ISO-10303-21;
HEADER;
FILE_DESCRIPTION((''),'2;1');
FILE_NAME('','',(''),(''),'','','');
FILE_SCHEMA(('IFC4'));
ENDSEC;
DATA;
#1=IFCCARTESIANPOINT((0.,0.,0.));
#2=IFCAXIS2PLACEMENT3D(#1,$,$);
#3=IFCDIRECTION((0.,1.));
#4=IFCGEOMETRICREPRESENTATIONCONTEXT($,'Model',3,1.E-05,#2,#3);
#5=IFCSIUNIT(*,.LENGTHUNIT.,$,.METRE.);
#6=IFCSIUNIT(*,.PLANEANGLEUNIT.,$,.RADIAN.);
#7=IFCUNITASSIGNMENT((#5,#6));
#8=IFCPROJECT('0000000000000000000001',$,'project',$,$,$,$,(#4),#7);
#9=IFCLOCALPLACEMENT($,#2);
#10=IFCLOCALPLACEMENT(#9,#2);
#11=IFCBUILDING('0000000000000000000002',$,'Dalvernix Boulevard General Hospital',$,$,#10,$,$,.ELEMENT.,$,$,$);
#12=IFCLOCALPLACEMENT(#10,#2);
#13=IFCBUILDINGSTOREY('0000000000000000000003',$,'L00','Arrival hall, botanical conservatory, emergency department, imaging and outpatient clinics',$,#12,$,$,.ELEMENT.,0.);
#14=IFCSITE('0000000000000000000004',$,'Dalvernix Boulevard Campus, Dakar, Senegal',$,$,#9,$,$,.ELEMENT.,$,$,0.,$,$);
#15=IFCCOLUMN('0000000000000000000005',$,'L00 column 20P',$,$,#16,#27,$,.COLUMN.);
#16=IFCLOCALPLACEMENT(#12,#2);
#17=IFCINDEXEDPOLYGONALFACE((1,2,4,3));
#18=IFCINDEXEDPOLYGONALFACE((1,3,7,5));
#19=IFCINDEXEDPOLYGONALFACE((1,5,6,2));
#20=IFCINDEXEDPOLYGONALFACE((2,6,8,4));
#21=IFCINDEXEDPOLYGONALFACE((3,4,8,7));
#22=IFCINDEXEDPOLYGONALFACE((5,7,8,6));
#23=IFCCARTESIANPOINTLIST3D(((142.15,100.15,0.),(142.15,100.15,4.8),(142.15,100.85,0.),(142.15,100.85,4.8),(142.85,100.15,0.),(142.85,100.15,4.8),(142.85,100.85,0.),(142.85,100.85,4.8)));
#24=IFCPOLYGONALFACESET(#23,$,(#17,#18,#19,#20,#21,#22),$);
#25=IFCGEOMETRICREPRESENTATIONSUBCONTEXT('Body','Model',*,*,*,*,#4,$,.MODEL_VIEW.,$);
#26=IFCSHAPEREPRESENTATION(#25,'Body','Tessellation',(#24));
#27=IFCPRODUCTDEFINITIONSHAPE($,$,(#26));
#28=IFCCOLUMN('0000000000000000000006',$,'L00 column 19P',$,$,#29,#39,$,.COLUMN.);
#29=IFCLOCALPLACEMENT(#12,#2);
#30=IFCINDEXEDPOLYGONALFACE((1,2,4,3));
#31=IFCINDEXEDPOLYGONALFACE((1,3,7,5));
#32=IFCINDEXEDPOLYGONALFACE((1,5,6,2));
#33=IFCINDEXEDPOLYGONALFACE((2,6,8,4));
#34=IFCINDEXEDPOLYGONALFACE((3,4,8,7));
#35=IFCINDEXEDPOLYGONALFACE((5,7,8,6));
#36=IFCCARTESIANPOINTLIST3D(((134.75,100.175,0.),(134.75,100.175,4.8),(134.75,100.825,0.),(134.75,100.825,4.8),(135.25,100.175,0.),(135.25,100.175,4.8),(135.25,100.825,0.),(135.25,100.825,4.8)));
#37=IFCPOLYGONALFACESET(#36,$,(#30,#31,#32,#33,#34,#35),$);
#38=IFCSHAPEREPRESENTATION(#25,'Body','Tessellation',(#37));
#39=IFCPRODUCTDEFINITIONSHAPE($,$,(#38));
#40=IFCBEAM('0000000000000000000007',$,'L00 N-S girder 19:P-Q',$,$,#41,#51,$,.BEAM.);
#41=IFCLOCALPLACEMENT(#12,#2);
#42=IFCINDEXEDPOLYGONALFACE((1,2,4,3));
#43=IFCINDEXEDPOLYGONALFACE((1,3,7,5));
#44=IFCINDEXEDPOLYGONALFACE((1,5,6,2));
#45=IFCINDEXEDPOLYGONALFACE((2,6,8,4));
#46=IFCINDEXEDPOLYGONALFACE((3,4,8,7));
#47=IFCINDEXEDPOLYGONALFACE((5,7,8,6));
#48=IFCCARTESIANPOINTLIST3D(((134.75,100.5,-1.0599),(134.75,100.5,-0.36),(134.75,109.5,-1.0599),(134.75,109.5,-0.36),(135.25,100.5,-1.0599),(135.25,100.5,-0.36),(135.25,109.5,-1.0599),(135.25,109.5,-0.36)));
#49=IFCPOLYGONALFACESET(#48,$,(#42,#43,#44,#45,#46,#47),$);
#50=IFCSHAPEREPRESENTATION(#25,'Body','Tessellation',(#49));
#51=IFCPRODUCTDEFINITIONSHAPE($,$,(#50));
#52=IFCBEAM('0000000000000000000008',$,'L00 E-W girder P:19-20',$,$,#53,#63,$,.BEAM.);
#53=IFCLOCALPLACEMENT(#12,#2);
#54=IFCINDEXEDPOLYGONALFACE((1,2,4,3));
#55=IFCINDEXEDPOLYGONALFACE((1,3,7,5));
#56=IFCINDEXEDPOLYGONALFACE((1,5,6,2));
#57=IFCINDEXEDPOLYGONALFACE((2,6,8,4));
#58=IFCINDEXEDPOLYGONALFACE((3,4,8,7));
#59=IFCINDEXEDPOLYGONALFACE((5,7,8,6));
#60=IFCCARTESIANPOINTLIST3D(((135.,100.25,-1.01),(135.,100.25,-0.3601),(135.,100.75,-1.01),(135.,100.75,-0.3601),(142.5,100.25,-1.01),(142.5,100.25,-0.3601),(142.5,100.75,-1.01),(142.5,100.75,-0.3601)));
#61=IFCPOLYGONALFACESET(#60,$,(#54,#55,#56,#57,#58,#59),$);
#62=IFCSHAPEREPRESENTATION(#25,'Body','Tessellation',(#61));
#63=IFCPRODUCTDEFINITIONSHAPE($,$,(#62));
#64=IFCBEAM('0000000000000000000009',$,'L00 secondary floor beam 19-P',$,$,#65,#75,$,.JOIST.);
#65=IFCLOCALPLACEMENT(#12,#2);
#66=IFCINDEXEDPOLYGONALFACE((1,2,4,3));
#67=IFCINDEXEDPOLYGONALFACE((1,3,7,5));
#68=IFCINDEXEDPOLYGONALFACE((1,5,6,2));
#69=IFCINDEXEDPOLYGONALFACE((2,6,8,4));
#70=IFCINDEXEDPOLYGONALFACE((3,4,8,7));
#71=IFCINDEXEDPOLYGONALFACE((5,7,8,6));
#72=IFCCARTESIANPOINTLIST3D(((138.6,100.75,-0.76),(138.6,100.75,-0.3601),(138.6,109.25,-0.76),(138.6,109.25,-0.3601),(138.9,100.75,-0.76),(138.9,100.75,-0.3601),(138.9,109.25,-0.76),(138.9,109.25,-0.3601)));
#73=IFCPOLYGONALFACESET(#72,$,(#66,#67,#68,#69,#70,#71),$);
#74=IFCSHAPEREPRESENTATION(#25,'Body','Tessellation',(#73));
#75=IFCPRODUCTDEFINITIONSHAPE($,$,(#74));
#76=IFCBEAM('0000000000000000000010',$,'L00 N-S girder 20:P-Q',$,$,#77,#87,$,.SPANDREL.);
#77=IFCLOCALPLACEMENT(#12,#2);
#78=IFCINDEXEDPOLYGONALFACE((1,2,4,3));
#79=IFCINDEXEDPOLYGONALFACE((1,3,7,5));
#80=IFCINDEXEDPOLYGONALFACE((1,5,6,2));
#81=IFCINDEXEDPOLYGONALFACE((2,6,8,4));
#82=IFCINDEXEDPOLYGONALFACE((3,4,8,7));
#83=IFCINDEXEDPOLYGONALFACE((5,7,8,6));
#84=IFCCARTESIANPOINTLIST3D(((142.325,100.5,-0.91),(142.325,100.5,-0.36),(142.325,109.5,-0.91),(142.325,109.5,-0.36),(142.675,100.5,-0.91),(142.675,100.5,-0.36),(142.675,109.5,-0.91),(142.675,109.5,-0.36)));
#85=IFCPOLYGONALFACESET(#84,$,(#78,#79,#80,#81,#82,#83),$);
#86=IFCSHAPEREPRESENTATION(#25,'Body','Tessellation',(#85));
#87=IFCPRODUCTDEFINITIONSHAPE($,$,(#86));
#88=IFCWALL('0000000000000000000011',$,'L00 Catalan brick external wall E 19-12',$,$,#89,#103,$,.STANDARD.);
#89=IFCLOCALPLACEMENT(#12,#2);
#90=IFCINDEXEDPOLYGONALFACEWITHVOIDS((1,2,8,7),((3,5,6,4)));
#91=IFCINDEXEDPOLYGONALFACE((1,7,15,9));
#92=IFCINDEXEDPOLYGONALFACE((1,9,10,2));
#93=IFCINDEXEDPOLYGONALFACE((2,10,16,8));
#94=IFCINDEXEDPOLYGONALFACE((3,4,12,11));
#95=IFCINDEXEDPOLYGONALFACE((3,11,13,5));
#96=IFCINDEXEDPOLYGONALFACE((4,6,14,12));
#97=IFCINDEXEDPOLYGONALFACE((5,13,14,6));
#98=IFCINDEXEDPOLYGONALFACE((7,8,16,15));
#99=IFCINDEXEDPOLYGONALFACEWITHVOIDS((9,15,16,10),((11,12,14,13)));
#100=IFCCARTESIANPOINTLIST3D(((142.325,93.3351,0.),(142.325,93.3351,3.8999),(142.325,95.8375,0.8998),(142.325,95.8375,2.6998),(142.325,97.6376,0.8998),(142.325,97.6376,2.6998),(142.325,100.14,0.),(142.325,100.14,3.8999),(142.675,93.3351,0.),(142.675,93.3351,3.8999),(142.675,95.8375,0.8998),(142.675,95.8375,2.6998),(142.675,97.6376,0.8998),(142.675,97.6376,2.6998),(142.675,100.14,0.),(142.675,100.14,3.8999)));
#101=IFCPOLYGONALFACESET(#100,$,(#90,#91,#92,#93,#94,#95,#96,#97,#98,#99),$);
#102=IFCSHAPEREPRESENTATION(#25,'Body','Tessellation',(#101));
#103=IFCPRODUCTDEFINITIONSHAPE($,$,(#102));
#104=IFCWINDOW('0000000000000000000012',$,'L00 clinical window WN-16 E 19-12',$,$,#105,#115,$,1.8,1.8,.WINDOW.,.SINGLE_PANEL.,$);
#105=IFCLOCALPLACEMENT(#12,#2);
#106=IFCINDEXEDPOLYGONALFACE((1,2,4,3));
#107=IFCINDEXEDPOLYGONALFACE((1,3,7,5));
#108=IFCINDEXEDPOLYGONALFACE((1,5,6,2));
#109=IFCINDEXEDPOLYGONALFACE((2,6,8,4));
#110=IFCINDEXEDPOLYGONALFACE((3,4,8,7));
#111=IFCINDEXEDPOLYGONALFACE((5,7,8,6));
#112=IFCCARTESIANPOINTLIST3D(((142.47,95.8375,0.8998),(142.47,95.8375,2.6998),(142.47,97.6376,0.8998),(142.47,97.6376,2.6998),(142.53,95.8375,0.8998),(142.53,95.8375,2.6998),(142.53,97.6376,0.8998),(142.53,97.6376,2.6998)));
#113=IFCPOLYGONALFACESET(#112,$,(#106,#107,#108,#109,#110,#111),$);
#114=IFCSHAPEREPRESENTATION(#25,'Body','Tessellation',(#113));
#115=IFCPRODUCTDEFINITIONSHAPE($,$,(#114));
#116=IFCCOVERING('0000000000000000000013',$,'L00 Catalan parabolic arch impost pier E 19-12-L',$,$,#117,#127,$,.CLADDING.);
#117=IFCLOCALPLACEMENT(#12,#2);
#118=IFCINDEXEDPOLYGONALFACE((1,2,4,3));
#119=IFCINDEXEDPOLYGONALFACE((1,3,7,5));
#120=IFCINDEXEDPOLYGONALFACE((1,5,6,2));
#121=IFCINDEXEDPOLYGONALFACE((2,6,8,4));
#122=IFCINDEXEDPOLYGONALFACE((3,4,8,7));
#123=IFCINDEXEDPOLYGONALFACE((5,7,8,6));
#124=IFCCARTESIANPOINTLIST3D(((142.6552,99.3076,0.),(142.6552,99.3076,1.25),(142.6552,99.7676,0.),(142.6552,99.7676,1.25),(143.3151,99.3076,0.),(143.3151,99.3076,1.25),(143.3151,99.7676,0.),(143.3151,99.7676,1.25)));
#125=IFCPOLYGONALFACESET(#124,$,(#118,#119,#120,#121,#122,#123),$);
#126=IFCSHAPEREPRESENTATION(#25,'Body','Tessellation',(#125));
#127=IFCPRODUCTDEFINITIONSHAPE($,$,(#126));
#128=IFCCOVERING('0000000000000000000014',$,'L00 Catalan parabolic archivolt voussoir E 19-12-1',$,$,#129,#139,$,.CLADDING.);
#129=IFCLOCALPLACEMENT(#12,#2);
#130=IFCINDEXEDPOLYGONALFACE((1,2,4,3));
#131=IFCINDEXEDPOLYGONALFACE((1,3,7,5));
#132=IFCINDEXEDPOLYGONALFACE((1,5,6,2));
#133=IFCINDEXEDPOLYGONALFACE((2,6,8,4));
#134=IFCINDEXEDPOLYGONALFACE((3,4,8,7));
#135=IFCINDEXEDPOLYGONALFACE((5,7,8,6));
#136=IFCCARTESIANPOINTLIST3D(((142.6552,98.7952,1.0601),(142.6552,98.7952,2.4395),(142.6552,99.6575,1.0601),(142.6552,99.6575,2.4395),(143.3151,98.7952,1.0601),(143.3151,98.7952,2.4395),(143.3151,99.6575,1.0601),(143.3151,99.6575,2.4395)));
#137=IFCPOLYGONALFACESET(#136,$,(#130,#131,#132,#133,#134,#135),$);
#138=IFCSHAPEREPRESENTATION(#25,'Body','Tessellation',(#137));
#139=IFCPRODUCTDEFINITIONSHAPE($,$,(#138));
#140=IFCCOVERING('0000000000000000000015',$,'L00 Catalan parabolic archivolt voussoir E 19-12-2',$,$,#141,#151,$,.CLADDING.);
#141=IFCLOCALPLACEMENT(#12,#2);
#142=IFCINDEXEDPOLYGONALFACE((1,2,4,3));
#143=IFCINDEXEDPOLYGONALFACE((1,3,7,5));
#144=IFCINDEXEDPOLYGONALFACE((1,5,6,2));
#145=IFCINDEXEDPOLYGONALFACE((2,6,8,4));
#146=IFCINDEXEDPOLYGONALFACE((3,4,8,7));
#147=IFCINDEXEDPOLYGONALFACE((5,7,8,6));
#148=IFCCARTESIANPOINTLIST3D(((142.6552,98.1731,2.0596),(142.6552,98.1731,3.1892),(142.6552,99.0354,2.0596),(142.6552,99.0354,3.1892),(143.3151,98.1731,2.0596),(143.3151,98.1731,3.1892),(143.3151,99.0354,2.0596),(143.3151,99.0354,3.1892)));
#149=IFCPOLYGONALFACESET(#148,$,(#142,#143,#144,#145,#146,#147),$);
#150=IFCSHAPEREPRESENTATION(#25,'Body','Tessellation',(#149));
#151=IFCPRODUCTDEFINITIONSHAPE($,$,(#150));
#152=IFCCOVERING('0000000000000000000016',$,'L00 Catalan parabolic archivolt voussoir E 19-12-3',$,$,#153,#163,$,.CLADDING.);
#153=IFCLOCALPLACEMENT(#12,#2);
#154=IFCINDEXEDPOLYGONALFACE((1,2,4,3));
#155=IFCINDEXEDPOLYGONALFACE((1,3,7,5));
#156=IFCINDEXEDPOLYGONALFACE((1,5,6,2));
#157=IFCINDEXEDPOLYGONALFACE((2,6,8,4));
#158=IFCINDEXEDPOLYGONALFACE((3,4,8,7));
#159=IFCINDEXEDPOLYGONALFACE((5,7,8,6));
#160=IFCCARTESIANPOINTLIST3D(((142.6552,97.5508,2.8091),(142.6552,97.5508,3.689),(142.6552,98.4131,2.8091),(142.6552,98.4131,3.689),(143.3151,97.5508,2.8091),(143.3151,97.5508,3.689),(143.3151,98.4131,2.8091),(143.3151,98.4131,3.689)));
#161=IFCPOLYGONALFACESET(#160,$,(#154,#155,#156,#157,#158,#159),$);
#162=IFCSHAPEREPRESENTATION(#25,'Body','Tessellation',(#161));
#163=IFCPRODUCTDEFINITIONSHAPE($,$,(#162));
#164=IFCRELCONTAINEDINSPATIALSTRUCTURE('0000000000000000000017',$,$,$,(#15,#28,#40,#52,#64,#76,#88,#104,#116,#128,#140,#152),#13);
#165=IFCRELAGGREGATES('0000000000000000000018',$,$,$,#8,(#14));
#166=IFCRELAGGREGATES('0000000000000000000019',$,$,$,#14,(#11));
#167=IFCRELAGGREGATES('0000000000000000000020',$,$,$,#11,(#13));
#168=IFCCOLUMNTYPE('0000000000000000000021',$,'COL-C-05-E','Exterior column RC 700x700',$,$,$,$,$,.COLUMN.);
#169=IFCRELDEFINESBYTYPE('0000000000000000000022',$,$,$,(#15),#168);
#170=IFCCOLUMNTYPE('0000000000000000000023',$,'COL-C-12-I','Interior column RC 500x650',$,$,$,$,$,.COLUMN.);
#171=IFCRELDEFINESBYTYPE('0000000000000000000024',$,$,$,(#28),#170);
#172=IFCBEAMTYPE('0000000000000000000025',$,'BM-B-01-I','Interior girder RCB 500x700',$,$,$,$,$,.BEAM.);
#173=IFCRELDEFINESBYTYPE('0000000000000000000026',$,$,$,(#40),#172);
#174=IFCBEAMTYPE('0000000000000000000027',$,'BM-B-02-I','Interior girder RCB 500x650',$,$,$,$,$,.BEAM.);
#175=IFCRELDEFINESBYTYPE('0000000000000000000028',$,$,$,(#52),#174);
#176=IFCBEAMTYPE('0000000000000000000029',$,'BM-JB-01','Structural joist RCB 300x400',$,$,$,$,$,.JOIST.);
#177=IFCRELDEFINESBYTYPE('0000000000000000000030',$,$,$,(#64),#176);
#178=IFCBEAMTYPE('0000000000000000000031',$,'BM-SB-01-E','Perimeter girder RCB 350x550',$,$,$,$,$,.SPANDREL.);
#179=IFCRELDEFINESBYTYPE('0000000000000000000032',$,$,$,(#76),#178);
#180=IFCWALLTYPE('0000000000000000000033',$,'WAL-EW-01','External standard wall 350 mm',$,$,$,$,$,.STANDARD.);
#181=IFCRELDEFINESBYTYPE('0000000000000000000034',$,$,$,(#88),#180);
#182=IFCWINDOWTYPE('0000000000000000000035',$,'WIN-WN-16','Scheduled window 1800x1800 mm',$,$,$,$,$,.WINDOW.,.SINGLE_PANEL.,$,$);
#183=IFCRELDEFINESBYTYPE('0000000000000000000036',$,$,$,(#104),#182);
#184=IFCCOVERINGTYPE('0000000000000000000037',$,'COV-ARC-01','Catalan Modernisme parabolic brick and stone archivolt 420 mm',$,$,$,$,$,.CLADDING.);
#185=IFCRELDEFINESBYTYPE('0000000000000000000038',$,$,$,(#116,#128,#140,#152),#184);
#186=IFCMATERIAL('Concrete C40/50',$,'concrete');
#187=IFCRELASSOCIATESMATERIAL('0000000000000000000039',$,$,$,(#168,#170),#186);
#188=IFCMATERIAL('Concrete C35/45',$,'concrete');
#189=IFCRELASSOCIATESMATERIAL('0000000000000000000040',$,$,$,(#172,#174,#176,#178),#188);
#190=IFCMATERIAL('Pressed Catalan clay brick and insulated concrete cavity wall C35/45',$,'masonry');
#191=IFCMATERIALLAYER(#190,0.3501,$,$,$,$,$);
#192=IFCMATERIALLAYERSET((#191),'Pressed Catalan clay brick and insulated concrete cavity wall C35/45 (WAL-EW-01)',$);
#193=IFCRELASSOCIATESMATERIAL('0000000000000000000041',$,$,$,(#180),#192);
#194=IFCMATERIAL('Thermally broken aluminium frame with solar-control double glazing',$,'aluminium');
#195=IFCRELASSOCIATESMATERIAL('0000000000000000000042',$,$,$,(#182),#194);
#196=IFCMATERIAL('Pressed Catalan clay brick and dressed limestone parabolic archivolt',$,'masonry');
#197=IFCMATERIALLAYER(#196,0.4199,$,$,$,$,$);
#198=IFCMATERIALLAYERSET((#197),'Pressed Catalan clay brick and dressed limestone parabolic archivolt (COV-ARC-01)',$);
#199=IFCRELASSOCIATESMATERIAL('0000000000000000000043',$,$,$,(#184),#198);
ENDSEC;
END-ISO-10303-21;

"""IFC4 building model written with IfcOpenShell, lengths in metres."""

from ifc_helpers import new_model, si_unit, direction, frame, frame_2d, origin, origin_2d, place, context, subcontext, project, spatial, rectangle, extrude, material, layer, layer_set, material_profile, profile_set, type_object, element, fill, save


model = new_model("IFC4")

# Units and contexts
model_context = context("Model", 3, precision=1e-05, world=origin(), true_north=direction((0.0, 1.0)))
body_context = subcontext(model_context, "Body", "Model", "MODEL_VIEW")
ifc_project = project(units=[si_unit("LENGTHUNIT", "METRE"), si_unit("PLANEANGLEUNIT", "RADIAN")], contexts=[model_context])

# Site, building, storey
site_placement = place(None, origin())
site = spatial("IfcSite", under=ifc_project, at=site_placement, Name="Dalvernix Boulevard Campus, Dakar, Senegal", CompositionType="ELEMENT", RefElevation=0.0)
building_placement = place(site_placement, origin())
building = spatial("IfcBuilding", under=site, at=building_placement, Name="Dalvernix Boulevard General Hospital", CompositionType="ELEMENT")
storey_placement = place(building_placement, origin())
storey = spatial("IfcBuildingStorey", under=building, at=storey_placement, Name="L00", Description="Arrival hall, botanical conservatory, emergency department, imaging and outpatient clinics", CompositionType="ELEMENT", Elevation=0.0)

# Columns
ifc_material_1 = material(Name="Concrete C40/50", Category="concrete")
ifc_material_profile_1 = material_profile(ifc_material_1, rectangle(XDim=0.7, YDim=0.7, at=origin_2d()), Name="RC 700x700")
ifc_profile_set_1 = profile_set([ifc_material_profile_1], Name="Concrete C40/50")
column_type_1 = type_object("IfcColumnType", Name="COL-C-05-E", Description="Exterior column RC 700x700", PredefinedType="COLUMN", material=ifc_profile_set_1)
column_1_placement = place(storey_placement, frame((142.5, 100.5, 0.0), z_axis=(0.0, 0.0, 1.0), x_axis=(1.0, 0.0, 0.0)))
element("IfcColumn", 1, at=column_1_placement, inside=storey, type_object=column_type_1, Name="L00 column 20P", PredefinedType="COLUMN", context=body_context, shape_type="SweptSolid", body=[
    extrude(rectangle(XDim=0.7, YDim=0.7, at=origin_2d()), origin(), (0.0, 0.0, 1.0), 4.8),
])
ifc_material_profile_2 = material_profile(ifc_material_1, rectangle(XDim=0.5, YDim=0.6499, at=origin_2d()), Name="RC 500x650")
ifc_profile_set_2 = profile_set([ifc_material_profile_2], Name="Concrete C40/50")
column_type_2 = type_object("IfcColumnType", Name="COL-C-12-I", Description="Interior column RC 500x650", PredefinedType="COLUMN", material=ifc_profile_set_2)
column_2_placement = place(storey_placement, frame((135.0, 100.5, 0.0), z_axis=(0.0, 0.0, 1.0), x_axis=(1.0, 0.0, 0.0)))
element("IfcColumn", 2, at=column_2_placement, inside=storey, type_object=column_type_2, Name="L00 column 19P", PredefinedType="COLUMN", context=body_context, shape_type="SweptSolid", body=[
    extrude(rectangle(XDim=0.5, YDim=0.6499, at=origin_2d()), origin(), (0.0, 0.0, 1.0), 4.8),
])

# Beams
ifc_material_2 = material(Name="Concrete C35/45", Category="concrete")
ifc_material_profile_3 = material_profile(ifc_material_2, rectangle(XDim=0.5, YDim=0.7, at=origin_2d()), Name="RCB 500x700")
ifc_profile_set_3 = profile_set([ifc_material_profile_3], Name="Concrete C35/45")
beam_type_1 = type_object("IfcBeamType", Name="BM-B-01-I", Description="Interior girder RCB 500x700", PredefinedType="BEAM", material=ifc_profile_set_3)
beam_1_placement = place(storey_placement, frame((135.0, 100.5, -0.71), z_axis=(0.0, 1.0, 0.0), x_axis=(-1.0, 0.0, 0.0)))
element("IfcBeam", 3, at=beam_1_placement, inside=storey, type_object=beam_type_1, Name="L00 N-S girder 19:P-Q", PredefinedType="BEAM", context=body_context, shape_type="SweptSolid", body=[
    extrude(rectangle(XDim=0.5, YDim=0.7, at=origin_2d()), origin(), (0.0, 0.0, 1.0), 9.0),
])
ifc_material_profile_4 = material_profile(ifc_material_2, rectangle(XDim=0.5, YDim=0.6499, at=origin_2d()), Name="RCB 500x650")
ifc_profile_set_4 = profile_set([ifc_material_profile_4], Name="Concrete C35/45")
beam_type_2 = type_object("IfcBeamType", Name="BM-B-02-I", Description="Interior girder RCB 500x650", PredefinedType="BEAM", material=ifc_profile_set_4)
beam_2_placement = place(storey_placement, frame((135.0, 100.5, -0.6851), z_axis=(1.0, 0.0, 0.0), x_axis=(0.0, 1.0, 0.0)))
element("IfcBeam", 4, at=beam_2_placement, inside=storey, type_object=beam_type_2, Name="L00 E-W girder P:19-20", PredefinedType="BEAM", context=body_context, shape_type="SweptSolid", body=[
    extrude(rectangle(XDim=0.5, YDim=0.6499, at=origin_2d()), origin(), (0.0, 0.0, 1.0), 7.5),
])
ifc_material_profile_5 = material_profile(ifc_material_2, rectangle(XDim=0.3, YDim=0.3999, at=origin_2d()), Name="RCB 300x400")
ifc_profile_set_5 = profile_set([ifc_material_profile_5], Name="Concrete C35/45")
beam_type_3 = type_object("IfcBeamType", Name="BM-JB-01", Description="Structural joist RCB 300x400", PredefinedType="JOIST", material=ifc_profile_set_5)
beam_3_placement = place(storey_placement, frame((138.75, 100.75, -0.5601), z_axis=(0.0, 1.0, 0.0), x_axis=(-1.0, 0.0, 0.0)))
element("IfcBeam", 5, at=beam_3_placement, inside=storey, type_object=beam_type_3, Name="L00 secondary floor beam 19-P", PredefinedType="JOIST", context=body_context, shape_type="SweptSolid", body=[
    extrude(rectangle(XDim=0.3, YDim=0.3999, at=origin_2d()), origin(), (0.0, 0.0, 1.0), 8.5),
])
ifc_material_profile_6 = material_profile(ifc_material_2, rectangle(XDim=0.3501, YDim=0.55, at=origin_2d()), Name="RCB 350x550")
ifc_profile_set_6 = profile_set([ifc_material_profile_6], Name="Concrete C35/45")
beam_type_4 = type_object("IfcBeamType", Name="BM-SB-01-E", Description="Perimeter girder RCB 350x550", PredefinedType="SPANDREL", material=ifc_profile_set_6)
beam_4_placement = place(storey_placement, frame((142.5, 100.5, -0.635), z_axis=(0.0, 1.0, 0.0), x_axis=(-1.0, 0.0, 0.0)))
element("IfcBeam", 6, at=beam_4_placement, inside=storey, type_object=beam_type_4, Name="L00 N-S girder 20:P-Q", PredefinedType="SPANDREL", context=body_context, shape_type="SweptSolid", body=[
    extrude(rectangle(XDim=0.3501, YDim=0.55, at=origin_2d()), origin(), (0.0, 0.0, 1.0), 9.0),
])

# Wall, opening, window
ifc_material_3 = material(Name="Pressed Catalan clay brick and insulated concrete cavity wall C35/45", Category="masonry")
ifc_layer_1 = layer(ifc_material_3, 0.3501)
ifc_layer_set_1 = layer_set([ifc_layer_1], Name="Pressed Catalan clay brick and insulated concrete cavity wall C35/45 (WAL-EW-01)")
wall_type = type_object("IfcWallType", Name="WAL-EW-01", Description="External standard wall 350 mm", PredefinedType="STANDARD", material=ifc_layer_set_1)
wall_placement = place(storey_placement, frame((142.5, 100.1399, 0.0), z_axis=(0.0, 0.0, 1.0), x_axis=(0.0, -1.0, 0.0)))
wall = element("IfcWall", 7, at=wall_placement, inside=storey, type_object=wall_type, Name="L00 Catalan brick external wall E 19-12", PredefinedType="STANDARD", context=body_context, shape_type="SweptSolid", body=[
    extrude(rectangle(XDim=6.8049, YDim=0.3501, at=frame_2d((3.4023, 0.0))), origin(), (0.0, 0.0, 1.0), 3.8999),
])
opening_placement = place(wall_placement, frame((2.5024, 0.0, 0.8999)))
opening = element("IfcOpeningElement", 8, at=opening_placement, cuts=wall, PredefinedType="OPENING", context=body_context, shape_type="SweptSolid", body=[
    extrude(rectangle(XDim=1.8, YDim=1.8, at=frame_2d((0.8999, 0.8999))), frame((0.0, 0.1851, 0.0), z_axis=(0.0, -1.0, 0.0), x_axis=(1.0, 0.0, 0.0)), (0.0, 0.0, 1.0), 0.3701),
])
ifc_material_4 = material(Name="Thermally broken aluminium frame with solar-control double glazing", Category="aluminium")
window_type = type_object("IfcWindowType", Name="WIN-WN-16", Description="Scheduled window 1800x1800 mm", PartitioningType="SINGLE_PANEL", PredefinedType="WINDOW", material=ifc_material_4)
window_placement = place(opening_placement, origin())
window = element("IfcWindow", 9, at=window_placement, inside=storey, type_object=window_type, Name="L00 clinical window WN-16 E 19-12", OverallHeight=1.8, OverallWidth=1.8, PartitioningType="SINGLE_PANEL", PredefinedType="WINDOW", context=body_context, shape_type="SweptSolid", body=[
    extrude(rectangle(XDim=1.8, YDim=1.8, at=frame_2d((0.8999, 0.8999))), frame((0.0, 0.03, 0.0), z_axis=(0.0, -1.0, 0.0), x_axis=(1.0, 0.0, 0.0)), (0.0, 0.0, 1.0), 0.0601),
])
fill(opening, window)

# Coverings
ifc_material_5 = material(Name="Pressed Catalan clay brick and dressed limestone parabolic archivolt", Category="masonry")
ifc_layer_2 = layer(ifc_material_5, 0.4199)
ifc_layer_set_2 = layer_set([ifc_layer_2], Name="Pressed Catalan clay brick and dressed limestone parabolic archivolt (COV-ARC-01)")
covering_type = type_object("IfcCoveringType", Name="COV-ARC-01", Description="Catalan Modernisme parabolic brick and stone archivolt 420 mm", PredefinedType="CLADDING", material=ifc_layer_set_2)
covering_1_placement = place(storey_placement, frame((142.9851, 99.5376, 0.0), z_axis=(0.0, 0.0, 1.0), x_axis=(0.0, -1.0, 0.0)))
element("IfcCovering", 10, at=covering_1_placement, inside=storey, type_object=covering_type, Name="L00 Catalan parabolic arch impost pier E 19-12-L", PredefinedType="CLADDING", context=body_context, shape_type="SweptSolid", body=[
    extrude(rectangle(XDim=0.46, YDim=0.6599, at=origin_2d()), origin(), (0.0, 0.0, 1.0), 1.25),
])
covering_2_placement = place(storey_placement, frame((142.9851, 99.2263, 1.0601), z_axis=(0.0, 0.0, 1.0), x_axis=(0.0, -1.0, 0.0)))
element("IfcCovering", 11, at=covering_2_placement, inside=storey, type_object=covering_type, Name="L00 Catalan parabolic archivolt voussoir E 19-12-1", PredefinedType="CLADDING", context=body_context, shape_type="SweptSolid", body=[
    extrude(rectangle(XDim=0.8623, YDim=0.6599, at=origin_2d()), origin(), (0.0, 0.0, 1.0), 1.3794),
])
covering_3_placement = place(storey_placement, frame((142.9851, 98.6042, 2.0596), z_axis=(0.0, 0.0, 1.0), x_axis=(0.0, -1.0, 0.0)))
element("IfcCovering", 12, at=covering_3_placement, inside=storey, type_object=covering_type, Name="L00 Catalan parabolic archivolt voussoir E 19-12-2", PredefinedType="CLADDING", context=body_context, shape_type="SweptSolid", body=[
    extrude(rectangle(XDim=0.8623, YDim=0.6599, at=origin_2d()), origin(), (0.0, 0.0, 1.0), 1.1296),
])
covering_4_placement = place(storey_placement, frame((142.9851, 97.9819, 2.8091), z_axis=(0.0, 0.0, 1.0), x_axis=(0.0, -1.0, 0.0)))
element("IfcCovering", 13, at=covering_4_placement, inside=storey, type_object=covering_type, Name="L00 Catalan parabolic archivolt voussoir E 19-12-3", PredefinedType="CLADDING", context=body_context, shape_type="SweptSolid", body=[
    extrude(rectangle(XDim=0.8623, YDim=0.6599, at=origin_2d()), origin(), (0.0, 0.0, 1.0), 0.8799),
])

save(model, "model.ifc")
